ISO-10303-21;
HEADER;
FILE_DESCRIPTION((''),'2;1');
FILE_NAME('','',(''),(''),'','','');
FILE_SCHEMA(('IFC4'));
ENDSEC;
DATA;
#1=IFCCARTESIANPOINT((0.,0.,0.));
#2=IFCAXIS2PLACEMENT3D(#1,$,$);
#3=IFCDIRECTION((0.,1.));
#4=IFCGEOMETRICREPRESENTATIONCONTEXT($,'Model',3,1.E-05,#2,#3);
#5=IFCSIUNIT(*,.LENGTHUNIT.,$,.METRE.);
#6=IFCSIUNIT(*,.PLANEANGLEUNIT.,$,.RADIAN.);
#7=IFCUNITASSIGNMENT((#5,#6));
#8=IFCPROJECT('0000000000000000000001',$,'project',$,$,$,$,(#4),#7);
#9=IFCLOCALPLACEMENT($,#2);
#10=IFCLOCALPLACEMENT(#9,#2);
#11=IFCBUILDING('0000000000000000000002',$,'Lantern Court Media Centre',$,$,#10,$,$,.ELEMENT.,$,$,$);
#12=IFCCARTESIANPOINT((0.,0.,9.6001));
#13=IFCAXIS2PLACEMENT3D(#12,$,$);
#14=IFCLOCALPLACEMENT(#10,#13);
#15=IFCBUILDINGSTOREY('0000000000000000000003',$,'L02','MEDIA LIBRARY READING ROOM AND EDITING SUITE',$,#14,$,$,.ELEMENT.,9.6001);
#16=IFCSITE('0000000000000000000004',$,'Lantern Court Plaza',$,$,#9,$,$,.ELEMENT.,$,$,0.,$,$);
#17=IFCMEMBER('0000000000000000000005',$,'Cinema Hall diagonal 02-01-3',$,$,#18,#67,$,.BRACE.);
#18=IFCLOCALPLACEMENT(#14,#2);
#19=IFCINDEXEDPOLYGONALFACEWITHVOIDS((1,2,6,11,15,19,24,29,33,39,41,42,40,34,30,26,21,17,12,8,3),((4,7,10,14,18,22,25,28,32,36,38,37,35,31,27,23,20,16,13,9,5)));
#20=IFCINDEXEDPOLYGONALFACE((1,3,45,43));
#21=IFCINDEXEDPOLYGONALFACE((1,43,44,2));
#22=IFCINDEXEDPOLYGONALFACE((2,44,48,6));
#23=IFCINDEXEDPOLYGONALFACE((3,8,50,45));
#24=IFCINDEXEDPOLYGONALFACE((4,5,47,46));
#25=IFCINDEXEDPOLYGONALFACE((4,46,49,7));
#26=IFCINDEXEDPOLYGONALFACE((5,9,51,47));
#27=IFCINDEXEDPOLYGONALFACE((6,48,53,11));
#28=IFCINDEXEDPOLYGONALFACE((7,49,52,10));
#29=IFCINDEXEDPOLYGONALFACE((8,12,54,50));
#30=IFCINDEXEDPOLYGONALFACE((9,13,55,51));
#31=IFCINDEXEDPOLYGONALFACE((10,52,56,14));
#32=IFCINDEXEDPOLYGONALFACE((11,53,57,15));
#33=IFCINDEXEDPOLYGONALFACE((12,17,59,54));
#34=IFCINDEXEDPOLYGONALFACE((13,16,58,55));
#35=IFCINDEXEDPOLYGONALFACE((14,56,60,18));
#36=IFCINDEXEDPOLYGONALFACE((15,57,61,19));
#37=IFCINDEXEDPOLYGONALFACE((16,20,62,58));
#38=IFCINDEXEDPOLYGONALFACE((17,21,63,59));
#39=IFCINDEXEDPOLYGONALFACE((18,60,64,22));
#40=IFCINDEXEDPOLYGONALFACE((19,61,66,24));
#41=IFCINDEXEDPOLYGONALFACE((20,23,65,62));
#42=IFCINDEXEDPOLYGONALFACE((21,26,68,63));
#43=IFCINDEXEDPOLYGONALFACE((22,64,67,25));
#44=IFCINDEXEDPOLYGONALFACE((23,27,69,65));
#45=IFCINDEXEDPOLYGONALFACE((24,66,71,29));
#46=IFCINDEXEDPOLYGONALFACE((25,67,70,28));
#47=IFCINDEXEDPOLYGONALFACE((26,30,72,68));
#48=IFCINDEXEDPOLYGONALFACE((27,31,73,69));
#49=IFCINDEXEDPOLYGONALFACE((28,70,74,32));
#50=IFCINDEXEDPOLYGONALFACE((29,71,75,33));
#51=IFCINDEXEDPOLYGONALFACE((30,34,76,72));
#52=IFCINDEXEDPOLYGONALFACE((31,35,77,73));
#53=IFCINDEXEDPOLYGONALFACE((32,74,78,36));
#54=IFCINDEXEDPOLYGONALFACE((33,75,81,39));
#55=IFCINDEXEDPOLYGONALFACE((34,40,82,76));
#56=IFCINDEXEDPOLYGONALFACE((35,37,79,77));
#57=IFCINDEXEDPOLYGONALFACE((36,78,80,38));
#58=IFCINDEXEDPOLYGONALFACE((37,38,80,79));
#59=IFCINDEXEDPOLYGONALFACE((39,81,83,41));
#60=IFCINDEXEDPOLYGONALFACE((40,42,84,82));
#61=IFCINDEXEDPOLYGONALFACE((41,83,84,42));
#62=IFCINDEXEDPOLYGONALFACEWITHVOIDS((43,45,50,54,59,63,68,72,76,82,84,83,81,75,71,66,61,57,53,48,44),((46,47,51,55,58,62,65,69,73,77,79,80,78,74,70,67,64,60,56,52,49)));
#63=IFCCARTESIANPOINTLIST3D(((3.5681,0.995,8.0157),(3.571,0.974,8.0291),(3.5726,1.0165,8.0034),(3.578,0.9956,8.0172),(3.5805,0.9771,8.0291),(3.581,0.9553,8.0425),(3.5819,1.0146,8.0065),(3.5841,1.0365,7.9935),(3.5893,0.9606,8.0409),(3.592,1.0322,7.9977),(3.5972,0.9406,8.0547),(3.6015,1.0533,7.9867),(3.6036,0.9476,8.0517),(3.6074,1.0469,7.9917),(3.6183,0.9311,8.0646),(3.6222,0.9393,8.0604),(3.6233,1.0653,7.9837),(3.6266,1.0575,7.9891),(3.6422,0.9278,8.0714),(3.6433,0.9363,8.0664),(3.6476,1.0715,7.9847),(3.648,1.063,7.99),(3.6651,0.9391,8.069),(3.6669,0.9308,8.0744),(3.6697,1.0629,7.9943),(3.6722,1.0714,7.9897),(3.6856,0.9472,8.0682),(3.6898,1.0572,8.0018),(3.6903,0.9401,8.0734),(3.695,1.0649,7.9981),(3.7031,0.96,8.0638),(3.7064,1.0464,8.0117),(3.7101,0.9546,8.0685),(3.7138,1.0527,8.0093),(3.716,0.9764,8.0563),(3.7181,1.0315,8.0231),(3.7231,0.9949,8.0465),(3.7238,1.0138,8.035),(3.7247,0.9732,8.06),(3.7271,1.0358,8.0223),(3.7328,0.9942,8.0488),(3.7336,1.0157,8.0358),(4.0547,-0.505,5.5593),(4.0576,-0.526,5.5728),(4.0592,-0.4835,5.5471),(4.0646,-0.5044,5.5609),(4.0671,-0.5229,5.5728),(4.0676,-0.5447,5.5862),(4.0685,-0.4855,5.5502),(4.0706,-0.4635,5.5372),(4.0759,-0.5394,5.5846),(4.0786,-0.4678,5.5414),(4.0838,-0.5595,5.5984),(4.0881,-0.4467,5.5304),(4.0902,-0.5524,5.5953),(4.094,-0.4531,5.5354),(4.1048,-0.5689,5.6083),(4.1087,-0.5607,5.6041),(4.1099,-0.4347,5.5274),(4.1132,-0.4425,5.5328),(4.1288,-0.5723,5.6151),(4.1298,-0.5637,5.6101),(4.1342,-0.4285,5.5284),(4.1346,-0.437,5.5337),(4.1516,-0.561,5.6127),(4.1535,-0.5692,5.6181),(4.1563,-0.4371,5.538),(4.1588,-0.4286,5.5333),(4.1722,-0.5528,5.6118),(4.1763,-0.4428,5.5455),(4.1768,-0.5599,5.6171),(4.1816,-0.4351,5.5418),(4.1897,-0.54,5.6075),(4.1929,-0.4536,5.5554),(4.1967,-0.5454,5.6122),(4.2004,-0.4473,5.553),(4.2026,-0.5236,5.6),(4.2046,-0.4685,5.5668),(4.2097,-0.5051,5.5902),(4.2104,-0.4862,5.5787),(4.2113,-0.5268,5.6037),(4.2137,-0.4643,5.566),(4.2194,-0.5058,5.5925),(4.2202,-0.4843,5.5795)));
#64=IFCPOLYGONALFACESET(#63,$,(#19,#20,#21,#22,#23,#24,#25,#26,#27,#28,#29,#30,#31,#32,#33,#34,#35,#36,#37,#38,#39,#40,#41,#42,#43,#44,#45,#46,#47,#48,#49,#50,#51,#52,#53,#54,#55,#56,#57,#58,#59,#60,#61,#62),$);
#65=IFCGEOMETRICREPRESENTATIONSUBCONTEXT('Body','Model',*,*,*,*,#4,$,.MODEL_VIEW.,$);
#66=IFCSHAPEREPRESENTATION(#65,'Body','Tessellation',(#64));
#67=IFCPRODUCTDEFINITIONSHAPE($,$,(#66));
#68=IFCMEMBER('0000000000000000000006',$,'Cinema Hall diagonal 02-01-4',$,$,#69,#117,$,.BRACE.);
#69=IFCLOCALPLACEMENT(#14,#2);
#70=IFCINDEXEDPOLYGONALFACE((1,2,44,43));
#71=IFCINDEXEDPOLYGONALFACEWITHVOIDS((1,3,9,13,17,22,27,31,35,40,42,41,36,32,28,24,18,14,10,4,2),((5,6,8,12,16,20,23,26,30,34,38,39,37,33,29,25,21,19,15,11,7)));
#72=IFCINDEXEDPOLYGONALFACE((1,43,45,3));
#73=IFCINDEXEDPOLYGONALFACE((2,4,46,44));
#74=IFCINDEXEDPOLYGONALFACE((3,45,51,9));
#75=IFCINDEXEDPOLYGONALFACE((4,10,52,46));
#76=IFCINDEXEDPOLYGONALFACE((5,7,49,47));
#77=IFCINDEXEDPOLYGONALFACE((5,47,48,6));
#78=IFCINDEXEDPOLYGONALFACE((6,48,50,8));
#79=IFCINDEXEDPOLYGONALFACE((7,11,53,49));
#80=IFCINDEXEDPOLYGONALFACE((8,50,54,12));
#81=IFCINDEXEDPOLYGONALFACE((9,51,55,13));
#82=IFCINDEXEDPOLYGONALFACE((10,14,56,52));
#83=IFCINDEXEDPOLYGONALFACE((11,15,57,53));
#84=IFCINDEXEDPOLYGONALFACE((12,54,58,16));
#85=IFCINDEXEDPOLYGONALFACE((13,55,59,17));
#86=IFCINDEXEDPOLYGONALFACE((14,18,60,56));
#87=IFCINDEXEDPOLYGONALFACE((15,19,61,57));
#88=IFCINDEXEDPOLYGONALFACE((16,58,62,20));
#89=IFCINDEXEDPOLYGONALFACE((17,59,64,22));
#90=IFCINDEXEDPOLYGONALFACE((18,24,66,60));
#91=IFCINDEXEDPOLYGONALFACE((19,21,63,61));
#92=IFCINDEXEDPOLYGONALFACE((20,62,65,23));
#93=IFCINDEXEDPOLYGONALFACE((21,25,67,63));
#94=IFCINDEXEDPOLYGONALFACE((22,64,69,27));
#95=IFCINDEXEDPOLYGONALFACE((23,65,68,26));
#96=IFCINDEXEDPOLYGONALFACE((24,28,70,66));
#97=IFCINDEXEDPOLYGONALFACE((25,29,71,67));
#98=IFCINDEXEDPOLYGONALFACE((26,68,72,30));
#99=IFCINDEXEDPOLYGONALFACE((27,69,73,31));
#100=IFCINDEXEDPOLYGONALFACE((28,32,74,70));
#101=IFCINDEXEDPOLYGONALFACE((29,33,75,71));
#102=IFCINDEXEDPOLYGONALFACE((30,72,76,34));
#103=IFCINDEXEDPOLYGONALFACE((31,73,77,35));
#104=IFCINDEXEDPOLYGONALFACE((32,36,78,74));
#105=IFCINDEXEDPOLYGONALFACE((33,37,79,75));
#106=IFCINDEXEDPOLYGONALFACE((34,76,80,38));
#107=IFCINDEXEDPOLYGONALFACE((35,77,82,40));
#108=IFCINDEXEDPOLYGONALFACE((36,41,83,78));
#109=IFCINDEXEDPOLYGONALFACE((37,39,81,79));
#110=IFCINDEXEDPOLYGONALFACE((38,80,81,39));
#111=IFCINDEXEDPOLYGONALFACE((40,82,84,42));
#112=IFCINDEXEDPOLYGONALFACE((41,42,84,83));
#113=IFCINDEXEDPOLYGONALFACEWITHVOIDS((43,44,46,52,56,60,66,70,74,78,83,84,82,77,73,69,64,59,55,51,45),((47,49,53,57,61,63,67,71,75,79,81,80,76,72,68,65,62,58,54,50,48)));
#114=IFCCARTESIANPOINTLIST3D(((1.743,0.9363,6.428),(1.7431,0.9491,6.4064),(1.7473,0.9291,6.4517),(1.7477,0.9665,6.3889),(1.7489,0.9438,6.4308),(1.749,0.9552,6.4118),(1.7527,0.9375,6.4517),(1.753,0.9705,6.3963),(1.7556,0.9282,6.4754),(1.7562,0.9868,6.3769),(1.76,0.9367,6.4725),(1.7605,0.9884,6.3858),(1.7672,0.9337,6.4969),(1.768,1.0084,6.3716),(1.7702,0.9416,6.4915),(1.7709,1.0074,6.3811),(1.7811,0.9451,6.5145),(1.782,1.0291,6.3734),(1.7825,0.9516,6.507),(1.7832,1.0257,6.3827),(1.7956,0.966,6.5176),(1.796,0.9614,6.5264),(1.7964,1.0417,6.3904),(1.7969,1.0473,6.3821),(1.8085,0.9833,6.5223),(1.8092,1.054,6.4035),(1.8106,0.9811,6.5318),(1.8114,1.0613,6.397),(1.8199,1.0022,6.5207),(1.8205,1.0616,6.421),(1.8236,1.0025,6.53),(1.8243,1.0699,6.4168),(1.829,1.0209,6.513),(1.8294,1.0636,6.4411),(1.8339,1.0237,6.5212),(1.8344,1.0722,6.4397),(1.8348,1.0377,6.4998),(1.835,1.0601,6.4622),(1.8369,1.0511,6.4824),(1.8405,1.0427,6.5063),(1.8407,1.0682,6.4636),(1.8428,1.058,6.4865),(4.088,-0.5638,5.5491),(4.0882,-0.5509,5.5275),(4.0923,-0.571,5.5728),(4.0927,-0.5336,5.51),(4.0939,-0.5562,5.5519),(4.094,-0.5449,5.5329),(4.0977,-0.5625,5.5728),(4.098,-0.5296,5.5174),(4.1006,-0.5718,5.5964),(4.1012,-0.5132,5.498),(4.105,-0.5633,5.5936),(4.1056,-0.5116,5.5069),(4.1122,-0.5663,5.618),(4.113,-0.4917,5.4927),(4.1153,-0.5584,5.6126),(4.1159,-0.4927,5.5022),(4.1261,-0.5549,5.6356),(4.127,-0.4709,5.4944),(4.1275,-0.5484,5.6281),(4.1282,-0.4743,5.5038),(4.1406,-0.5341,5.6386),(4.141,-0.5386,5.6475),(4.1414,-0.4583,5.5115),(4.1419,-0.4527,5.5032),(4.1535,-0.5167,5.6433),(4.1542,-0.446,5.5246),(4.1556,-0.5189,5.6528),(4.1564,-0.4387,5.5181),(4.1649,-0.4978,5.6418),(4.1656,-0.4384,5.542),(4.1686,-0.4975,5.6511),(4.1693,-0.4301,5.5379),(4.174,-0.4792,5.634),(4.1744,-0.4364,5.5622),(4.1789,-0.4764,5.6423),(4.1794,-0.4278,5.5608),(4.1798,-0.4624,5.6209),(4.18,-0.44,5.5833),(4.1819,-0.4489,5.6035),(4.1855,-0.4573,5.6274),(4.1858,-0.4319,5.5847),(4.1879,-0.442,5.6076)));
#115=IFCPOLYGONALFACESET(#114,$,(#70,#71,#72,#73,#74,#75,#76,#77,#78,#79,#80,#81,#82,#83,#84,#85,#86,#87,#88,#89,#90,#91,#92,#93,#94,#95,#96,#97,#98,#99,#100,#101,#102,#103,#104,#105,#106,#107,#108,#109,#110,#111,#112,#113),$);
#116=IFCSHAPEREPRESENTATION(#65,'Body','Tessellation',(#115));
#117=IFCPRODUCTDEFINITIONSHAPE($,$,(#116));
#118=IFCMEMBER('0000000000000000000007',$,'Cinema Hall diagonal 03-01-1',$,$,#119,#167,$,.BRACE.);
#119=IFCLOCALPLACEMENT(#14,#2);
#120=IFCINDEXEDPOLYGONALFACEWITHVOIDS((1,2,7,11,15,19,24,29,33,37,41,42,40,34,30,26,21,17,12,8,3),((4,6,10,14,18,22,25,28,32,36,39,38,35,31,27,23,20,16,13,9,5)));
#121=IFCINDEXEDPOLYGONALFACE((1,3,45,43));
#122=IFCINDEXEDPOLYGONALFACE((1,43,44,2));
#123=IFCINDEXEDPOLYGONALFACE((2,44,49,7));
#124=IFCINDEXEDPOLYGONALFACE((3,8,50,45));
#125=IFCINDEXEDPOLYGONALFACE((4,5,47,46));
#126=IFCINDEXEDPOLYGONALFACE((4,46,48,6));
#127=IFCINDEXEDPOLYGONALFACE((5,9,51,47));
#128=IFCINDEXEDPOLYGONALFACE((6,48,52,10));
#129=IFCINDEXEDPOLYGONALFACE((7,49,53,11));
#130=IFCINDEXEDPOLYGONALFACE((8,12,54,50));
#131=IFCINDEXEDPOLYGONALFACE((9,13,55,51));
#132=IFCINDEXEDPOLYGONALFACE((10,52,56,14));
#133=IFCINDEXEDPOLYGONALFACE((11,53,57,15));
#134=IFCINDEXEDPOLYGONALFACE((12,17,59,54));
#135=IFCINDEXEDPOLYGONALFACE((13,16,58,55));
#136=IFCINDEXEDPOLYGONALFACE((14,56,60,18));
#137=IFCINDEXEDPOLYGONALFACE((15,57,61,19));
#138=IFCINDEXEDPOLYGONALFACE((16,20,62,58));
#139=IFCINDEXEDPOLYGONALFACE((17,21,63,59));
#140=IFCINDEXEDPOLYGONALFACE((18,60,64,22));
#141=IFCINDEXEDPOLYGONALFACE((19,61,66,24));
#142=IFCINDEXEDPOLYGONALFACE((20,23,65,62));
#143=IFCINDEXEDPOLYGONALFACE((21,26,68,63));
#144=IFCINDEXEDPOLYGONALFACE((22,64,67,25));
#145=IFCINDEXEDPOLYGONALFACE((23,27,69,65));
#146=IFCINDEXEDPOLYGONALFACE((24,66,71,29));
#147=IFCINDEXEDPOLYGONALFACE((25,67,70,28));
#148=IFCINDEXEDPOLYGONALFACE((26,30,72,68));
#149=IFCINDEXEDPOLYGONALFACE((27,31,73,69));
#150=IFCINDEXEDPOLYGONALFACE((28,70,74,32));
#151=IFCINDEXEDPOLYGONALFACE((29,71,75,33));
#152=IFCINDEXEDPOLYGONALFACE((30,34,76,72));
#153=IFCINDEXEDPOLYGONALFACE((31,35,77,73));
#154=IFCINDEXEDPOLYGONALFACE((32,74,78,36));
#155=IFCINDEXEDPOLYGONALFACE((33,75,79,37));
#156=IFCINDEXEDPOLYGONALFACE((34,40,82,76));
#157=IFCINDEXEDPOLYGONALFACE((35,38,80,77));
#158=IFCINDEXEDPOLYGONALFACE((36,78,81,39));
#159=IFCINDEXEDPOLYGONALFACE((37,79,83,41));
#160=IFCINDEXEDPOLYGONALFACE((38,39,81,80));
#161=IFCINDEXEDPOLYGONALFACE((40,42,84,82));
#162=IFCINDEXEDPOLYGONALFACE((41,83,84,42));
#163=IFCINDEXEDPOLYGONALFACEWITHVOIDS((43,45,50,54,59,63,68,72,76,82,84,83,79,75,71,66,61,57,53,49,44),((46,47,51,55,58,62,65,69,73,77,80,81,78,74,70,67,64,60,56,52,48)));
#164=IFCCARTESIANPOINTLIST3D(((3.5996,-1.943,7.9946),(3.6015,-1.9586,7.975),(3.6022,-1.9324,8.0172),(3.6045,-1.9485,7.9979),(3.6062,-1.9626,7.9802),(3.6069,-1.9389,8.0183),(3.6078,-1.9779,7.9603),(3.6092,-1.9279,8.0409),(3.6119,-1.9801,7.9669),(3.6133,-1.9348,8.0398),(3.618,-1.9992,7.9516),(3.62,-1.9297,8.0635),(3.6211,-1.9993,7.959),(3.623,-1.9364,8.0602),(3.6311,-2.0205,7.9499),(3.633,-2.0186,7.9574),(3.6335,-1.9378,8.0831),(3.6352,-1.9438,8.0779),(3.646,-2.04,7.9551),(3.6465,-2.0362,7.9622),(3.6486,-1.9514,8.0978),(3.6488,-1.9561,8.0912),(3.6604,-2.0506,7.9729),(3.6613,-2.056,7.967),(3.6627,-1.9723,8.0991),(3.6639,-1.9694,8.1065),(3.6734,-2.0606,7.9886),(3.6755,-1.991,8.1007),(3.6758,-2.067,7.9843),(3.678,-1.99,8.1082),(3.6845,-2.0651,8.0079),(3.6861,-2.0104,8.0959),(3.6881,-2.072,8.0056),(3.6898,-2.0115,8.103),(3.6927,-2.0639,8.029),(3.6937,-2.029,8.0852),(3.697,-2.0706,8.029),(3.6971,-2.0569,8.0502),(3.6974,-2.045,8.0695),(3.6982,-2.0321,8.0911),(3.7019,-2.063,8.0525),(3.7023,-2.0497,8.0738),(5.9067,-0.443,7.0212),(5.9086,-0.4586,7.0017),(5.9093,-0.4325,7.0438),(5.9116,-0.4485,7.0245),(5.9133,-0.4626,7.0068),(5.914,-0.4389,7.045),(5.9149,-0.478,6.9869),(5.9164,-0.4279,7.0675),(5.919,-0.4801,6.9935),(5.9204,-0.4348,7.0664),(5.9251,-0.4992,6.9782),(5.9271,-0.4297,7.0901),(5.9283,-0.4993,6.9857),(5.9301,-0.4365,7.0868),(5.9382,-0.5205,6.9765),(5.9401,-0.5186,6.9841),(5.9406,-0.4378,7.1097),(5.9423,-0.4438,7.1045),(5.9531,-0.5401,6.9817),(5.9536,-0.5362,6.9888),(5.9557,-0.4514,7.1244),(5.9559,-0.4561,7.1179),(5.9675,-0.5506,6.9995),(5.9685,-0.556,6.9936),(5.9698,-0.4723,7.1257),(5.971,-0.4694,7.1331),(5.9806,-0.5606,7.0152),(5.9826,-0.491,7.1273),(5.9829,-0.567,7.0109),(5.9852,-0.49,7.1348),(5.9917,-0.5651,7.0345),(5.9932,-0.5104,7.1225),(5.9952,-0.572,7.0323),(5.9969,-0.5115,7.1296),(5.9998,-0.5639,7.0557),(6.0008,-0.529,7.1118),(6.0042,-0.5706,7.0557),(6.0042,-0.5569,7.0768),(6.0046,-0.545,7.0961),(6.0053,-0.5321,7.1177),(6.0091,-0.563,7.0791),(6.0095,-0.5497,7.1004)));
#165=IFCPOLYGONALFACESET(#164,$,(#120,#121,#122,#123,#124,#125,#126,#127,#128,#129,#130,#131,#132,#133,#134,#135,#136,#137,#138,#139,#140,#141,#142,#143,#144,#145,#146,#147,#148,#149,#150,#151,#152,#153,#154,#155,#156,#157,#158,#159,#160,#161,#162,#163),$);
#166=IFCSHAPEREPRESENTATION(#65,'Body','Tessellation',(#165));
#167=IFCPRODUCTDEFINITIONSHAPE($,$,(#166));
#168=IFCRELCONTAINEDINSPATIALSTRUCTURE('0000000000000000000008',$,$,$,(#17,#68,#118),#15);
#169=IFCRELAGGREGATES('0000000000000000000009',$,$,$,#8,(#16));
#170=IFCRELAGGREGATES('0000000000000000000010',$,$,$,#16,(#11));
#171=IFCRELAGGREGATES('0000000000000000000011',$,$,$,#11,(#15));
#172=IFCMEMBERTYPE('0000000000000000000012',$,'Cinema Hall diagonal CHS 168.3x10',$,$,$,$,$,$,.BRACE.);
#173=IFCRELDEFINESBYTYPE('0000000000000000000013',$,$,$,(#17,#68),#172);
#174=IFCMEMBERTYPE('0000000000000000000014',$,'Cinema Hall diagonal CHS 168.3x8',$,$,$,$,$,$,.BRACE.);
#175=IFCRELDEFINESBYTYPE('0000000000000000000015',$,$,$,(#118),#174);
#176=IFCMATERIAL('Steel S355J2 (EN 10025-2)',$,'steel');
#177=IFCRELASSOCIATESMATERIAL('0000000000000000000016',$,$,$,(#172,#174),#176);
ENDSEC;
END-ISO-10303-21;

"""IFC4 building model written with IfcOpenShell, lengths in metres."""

from ifc_helpers import new_model, si_unit, direction, frame, origin, origin_2d, place, context, subcontext, project, spatial, hollow_circle, extrude, material, material_profile, profile_set, type_object, element, save


model = new_model("IFC4")

# Units and contexts
model_context = context("Model", 3, precision=1e-05, world=origin(), true_north=direction((0.0, 1.0)))
body_context = subcontext(model_context, "Body", "Model", "MODEL_VIEW")
ifc_project = project(units=[si_unit("LENGTHUNIT", "METRE"), si_unit("PLANEANGLEUNIT", "RADIAN")], contexts=[model_context])

# Site, building, storey
site_placement = place(None, origin())
site = spatial("IfcSite", under=ifc_project, at=site_placement, Name="Lantern Court Plaza", CompositionType="ELEMENT", RefElevation=0.0)
building_placement = place(site_placement, origin())
building = spatial("IfcBuilding", under=site, at=building_placement, Name="Lantern Court Media Centre", CompositionType="ELEMENT")
storey_placement = place(building_placement, frame((0.0, 0.0, 9.6001)))
storey = spatial("IfcBuildingStorey", under=building, at=storey_placement, Name="L02", Description="MEDIA LIBRARY READING ROOM AND EDITING SUITE", CompositionType="ELEMENT", Elevation=9.6001)

# Members
ifc_material = material(Name="Steel S355J2 (EN 10025-2)", Category="steel")
ifc_material_profile_1 = material_profile(ifc_material, hollow_circle(Radius=0.0842, WallThickness=0.01, at=origin_2d()), Name="Cinema Hall diagonal CHS 168.3x10")
ifc_profile_set_1 = profile_set([ifc_material_profile_1], Name="Steel S355J2 (EN 10025-2)")
member_type_1 = type_object("IfcMemberType", Name="Cinema Hall diagonal CHS 168.3x10", PredefinedType="BRACE", material=ifc_profile_set_1)
for number, where, z_axis, x_axis, name in (
    (1, (4.1377, -0.5, 5.5728), (-0.166695, 0.513887, 0.841506), (-0.951207, -0.308554, 0.0), "Cinema Hall diagonal 02-01-3"),
):
    element("IfcMember", number, at=place(storey_placement, frame(where, z_axis=z_axis, x_axis=x_axis)), inside=storey, type_object=member_type_1, Name=name, PredefinedType="BRACE", context=body_context, shape_type="SweptSolid", body=[
        extrude(hollow_circle(Radius=0.0842, WallThickness=0.01, at=origin_2d()), origin(), (0.0, 0.0, 1.0), 2.9189),
    ])
member_1_placement = place(storey_placement, frame((4.1377, -0.5, 5.5728), z_axis=(-0.803309, 0.51385, 0.301084), x_axis=(-0.538855, -0.842399, 0.0)))
element("IfcMember", 2, at=member_1_placement, inside=storey, type_object=member_type_1, Name="Cinema Hall diagonal 02-01-4", PredefinedType="BRACE", context=body_context, shape_type="SweptSolid", body=[
    extrude(hollow_circle(Radius=0.0842, WallThickness=0.01, at=origin_2d()), origin(), (0.0, 0.0, 1.0), 2.9192),
])
ifc_material_profile_2 = material_profile(ifc_material, hollow_circle(Radius=0.0842, WallThickness=0.0081, at=origin_2d()), Name="Cinema Hall diagonal CHS 168.3x8")
ifc_profile_set_2 = profile_set([ifc_material_profile_2], Name="Steel S355J2 (EN 10025-2)")
member_type_2 = type_object("IfcMemberType", Name="Cinema Hall diagonal CHS 168.3x8", PredefinedType="BRACE", material=ifc_profile_set_2)
member_2_placement = place(storey_placement, frame((5.9583, -0.5, 7.0557), z_axis=(-0.790394, -0.513882, 0.333471), x_axis=(0.545082, -0.838383, 0.0)))
element("IfcMember", 3, at=member_2_placement, inside=storey, type_object=member_type_2, Name="Cinema Hall diagonal 03-01-1", PredefinedType="BRACE", context=body_context, shape_type="SweptSolid", body=[
    extrude(hollow_circle(Radius=0.0842, WallThickness=0.0081, at=origin_2d()), origin(), (0.0, 0.0, 1.0), 2.9189),
])

save(model, "model.ifc")
